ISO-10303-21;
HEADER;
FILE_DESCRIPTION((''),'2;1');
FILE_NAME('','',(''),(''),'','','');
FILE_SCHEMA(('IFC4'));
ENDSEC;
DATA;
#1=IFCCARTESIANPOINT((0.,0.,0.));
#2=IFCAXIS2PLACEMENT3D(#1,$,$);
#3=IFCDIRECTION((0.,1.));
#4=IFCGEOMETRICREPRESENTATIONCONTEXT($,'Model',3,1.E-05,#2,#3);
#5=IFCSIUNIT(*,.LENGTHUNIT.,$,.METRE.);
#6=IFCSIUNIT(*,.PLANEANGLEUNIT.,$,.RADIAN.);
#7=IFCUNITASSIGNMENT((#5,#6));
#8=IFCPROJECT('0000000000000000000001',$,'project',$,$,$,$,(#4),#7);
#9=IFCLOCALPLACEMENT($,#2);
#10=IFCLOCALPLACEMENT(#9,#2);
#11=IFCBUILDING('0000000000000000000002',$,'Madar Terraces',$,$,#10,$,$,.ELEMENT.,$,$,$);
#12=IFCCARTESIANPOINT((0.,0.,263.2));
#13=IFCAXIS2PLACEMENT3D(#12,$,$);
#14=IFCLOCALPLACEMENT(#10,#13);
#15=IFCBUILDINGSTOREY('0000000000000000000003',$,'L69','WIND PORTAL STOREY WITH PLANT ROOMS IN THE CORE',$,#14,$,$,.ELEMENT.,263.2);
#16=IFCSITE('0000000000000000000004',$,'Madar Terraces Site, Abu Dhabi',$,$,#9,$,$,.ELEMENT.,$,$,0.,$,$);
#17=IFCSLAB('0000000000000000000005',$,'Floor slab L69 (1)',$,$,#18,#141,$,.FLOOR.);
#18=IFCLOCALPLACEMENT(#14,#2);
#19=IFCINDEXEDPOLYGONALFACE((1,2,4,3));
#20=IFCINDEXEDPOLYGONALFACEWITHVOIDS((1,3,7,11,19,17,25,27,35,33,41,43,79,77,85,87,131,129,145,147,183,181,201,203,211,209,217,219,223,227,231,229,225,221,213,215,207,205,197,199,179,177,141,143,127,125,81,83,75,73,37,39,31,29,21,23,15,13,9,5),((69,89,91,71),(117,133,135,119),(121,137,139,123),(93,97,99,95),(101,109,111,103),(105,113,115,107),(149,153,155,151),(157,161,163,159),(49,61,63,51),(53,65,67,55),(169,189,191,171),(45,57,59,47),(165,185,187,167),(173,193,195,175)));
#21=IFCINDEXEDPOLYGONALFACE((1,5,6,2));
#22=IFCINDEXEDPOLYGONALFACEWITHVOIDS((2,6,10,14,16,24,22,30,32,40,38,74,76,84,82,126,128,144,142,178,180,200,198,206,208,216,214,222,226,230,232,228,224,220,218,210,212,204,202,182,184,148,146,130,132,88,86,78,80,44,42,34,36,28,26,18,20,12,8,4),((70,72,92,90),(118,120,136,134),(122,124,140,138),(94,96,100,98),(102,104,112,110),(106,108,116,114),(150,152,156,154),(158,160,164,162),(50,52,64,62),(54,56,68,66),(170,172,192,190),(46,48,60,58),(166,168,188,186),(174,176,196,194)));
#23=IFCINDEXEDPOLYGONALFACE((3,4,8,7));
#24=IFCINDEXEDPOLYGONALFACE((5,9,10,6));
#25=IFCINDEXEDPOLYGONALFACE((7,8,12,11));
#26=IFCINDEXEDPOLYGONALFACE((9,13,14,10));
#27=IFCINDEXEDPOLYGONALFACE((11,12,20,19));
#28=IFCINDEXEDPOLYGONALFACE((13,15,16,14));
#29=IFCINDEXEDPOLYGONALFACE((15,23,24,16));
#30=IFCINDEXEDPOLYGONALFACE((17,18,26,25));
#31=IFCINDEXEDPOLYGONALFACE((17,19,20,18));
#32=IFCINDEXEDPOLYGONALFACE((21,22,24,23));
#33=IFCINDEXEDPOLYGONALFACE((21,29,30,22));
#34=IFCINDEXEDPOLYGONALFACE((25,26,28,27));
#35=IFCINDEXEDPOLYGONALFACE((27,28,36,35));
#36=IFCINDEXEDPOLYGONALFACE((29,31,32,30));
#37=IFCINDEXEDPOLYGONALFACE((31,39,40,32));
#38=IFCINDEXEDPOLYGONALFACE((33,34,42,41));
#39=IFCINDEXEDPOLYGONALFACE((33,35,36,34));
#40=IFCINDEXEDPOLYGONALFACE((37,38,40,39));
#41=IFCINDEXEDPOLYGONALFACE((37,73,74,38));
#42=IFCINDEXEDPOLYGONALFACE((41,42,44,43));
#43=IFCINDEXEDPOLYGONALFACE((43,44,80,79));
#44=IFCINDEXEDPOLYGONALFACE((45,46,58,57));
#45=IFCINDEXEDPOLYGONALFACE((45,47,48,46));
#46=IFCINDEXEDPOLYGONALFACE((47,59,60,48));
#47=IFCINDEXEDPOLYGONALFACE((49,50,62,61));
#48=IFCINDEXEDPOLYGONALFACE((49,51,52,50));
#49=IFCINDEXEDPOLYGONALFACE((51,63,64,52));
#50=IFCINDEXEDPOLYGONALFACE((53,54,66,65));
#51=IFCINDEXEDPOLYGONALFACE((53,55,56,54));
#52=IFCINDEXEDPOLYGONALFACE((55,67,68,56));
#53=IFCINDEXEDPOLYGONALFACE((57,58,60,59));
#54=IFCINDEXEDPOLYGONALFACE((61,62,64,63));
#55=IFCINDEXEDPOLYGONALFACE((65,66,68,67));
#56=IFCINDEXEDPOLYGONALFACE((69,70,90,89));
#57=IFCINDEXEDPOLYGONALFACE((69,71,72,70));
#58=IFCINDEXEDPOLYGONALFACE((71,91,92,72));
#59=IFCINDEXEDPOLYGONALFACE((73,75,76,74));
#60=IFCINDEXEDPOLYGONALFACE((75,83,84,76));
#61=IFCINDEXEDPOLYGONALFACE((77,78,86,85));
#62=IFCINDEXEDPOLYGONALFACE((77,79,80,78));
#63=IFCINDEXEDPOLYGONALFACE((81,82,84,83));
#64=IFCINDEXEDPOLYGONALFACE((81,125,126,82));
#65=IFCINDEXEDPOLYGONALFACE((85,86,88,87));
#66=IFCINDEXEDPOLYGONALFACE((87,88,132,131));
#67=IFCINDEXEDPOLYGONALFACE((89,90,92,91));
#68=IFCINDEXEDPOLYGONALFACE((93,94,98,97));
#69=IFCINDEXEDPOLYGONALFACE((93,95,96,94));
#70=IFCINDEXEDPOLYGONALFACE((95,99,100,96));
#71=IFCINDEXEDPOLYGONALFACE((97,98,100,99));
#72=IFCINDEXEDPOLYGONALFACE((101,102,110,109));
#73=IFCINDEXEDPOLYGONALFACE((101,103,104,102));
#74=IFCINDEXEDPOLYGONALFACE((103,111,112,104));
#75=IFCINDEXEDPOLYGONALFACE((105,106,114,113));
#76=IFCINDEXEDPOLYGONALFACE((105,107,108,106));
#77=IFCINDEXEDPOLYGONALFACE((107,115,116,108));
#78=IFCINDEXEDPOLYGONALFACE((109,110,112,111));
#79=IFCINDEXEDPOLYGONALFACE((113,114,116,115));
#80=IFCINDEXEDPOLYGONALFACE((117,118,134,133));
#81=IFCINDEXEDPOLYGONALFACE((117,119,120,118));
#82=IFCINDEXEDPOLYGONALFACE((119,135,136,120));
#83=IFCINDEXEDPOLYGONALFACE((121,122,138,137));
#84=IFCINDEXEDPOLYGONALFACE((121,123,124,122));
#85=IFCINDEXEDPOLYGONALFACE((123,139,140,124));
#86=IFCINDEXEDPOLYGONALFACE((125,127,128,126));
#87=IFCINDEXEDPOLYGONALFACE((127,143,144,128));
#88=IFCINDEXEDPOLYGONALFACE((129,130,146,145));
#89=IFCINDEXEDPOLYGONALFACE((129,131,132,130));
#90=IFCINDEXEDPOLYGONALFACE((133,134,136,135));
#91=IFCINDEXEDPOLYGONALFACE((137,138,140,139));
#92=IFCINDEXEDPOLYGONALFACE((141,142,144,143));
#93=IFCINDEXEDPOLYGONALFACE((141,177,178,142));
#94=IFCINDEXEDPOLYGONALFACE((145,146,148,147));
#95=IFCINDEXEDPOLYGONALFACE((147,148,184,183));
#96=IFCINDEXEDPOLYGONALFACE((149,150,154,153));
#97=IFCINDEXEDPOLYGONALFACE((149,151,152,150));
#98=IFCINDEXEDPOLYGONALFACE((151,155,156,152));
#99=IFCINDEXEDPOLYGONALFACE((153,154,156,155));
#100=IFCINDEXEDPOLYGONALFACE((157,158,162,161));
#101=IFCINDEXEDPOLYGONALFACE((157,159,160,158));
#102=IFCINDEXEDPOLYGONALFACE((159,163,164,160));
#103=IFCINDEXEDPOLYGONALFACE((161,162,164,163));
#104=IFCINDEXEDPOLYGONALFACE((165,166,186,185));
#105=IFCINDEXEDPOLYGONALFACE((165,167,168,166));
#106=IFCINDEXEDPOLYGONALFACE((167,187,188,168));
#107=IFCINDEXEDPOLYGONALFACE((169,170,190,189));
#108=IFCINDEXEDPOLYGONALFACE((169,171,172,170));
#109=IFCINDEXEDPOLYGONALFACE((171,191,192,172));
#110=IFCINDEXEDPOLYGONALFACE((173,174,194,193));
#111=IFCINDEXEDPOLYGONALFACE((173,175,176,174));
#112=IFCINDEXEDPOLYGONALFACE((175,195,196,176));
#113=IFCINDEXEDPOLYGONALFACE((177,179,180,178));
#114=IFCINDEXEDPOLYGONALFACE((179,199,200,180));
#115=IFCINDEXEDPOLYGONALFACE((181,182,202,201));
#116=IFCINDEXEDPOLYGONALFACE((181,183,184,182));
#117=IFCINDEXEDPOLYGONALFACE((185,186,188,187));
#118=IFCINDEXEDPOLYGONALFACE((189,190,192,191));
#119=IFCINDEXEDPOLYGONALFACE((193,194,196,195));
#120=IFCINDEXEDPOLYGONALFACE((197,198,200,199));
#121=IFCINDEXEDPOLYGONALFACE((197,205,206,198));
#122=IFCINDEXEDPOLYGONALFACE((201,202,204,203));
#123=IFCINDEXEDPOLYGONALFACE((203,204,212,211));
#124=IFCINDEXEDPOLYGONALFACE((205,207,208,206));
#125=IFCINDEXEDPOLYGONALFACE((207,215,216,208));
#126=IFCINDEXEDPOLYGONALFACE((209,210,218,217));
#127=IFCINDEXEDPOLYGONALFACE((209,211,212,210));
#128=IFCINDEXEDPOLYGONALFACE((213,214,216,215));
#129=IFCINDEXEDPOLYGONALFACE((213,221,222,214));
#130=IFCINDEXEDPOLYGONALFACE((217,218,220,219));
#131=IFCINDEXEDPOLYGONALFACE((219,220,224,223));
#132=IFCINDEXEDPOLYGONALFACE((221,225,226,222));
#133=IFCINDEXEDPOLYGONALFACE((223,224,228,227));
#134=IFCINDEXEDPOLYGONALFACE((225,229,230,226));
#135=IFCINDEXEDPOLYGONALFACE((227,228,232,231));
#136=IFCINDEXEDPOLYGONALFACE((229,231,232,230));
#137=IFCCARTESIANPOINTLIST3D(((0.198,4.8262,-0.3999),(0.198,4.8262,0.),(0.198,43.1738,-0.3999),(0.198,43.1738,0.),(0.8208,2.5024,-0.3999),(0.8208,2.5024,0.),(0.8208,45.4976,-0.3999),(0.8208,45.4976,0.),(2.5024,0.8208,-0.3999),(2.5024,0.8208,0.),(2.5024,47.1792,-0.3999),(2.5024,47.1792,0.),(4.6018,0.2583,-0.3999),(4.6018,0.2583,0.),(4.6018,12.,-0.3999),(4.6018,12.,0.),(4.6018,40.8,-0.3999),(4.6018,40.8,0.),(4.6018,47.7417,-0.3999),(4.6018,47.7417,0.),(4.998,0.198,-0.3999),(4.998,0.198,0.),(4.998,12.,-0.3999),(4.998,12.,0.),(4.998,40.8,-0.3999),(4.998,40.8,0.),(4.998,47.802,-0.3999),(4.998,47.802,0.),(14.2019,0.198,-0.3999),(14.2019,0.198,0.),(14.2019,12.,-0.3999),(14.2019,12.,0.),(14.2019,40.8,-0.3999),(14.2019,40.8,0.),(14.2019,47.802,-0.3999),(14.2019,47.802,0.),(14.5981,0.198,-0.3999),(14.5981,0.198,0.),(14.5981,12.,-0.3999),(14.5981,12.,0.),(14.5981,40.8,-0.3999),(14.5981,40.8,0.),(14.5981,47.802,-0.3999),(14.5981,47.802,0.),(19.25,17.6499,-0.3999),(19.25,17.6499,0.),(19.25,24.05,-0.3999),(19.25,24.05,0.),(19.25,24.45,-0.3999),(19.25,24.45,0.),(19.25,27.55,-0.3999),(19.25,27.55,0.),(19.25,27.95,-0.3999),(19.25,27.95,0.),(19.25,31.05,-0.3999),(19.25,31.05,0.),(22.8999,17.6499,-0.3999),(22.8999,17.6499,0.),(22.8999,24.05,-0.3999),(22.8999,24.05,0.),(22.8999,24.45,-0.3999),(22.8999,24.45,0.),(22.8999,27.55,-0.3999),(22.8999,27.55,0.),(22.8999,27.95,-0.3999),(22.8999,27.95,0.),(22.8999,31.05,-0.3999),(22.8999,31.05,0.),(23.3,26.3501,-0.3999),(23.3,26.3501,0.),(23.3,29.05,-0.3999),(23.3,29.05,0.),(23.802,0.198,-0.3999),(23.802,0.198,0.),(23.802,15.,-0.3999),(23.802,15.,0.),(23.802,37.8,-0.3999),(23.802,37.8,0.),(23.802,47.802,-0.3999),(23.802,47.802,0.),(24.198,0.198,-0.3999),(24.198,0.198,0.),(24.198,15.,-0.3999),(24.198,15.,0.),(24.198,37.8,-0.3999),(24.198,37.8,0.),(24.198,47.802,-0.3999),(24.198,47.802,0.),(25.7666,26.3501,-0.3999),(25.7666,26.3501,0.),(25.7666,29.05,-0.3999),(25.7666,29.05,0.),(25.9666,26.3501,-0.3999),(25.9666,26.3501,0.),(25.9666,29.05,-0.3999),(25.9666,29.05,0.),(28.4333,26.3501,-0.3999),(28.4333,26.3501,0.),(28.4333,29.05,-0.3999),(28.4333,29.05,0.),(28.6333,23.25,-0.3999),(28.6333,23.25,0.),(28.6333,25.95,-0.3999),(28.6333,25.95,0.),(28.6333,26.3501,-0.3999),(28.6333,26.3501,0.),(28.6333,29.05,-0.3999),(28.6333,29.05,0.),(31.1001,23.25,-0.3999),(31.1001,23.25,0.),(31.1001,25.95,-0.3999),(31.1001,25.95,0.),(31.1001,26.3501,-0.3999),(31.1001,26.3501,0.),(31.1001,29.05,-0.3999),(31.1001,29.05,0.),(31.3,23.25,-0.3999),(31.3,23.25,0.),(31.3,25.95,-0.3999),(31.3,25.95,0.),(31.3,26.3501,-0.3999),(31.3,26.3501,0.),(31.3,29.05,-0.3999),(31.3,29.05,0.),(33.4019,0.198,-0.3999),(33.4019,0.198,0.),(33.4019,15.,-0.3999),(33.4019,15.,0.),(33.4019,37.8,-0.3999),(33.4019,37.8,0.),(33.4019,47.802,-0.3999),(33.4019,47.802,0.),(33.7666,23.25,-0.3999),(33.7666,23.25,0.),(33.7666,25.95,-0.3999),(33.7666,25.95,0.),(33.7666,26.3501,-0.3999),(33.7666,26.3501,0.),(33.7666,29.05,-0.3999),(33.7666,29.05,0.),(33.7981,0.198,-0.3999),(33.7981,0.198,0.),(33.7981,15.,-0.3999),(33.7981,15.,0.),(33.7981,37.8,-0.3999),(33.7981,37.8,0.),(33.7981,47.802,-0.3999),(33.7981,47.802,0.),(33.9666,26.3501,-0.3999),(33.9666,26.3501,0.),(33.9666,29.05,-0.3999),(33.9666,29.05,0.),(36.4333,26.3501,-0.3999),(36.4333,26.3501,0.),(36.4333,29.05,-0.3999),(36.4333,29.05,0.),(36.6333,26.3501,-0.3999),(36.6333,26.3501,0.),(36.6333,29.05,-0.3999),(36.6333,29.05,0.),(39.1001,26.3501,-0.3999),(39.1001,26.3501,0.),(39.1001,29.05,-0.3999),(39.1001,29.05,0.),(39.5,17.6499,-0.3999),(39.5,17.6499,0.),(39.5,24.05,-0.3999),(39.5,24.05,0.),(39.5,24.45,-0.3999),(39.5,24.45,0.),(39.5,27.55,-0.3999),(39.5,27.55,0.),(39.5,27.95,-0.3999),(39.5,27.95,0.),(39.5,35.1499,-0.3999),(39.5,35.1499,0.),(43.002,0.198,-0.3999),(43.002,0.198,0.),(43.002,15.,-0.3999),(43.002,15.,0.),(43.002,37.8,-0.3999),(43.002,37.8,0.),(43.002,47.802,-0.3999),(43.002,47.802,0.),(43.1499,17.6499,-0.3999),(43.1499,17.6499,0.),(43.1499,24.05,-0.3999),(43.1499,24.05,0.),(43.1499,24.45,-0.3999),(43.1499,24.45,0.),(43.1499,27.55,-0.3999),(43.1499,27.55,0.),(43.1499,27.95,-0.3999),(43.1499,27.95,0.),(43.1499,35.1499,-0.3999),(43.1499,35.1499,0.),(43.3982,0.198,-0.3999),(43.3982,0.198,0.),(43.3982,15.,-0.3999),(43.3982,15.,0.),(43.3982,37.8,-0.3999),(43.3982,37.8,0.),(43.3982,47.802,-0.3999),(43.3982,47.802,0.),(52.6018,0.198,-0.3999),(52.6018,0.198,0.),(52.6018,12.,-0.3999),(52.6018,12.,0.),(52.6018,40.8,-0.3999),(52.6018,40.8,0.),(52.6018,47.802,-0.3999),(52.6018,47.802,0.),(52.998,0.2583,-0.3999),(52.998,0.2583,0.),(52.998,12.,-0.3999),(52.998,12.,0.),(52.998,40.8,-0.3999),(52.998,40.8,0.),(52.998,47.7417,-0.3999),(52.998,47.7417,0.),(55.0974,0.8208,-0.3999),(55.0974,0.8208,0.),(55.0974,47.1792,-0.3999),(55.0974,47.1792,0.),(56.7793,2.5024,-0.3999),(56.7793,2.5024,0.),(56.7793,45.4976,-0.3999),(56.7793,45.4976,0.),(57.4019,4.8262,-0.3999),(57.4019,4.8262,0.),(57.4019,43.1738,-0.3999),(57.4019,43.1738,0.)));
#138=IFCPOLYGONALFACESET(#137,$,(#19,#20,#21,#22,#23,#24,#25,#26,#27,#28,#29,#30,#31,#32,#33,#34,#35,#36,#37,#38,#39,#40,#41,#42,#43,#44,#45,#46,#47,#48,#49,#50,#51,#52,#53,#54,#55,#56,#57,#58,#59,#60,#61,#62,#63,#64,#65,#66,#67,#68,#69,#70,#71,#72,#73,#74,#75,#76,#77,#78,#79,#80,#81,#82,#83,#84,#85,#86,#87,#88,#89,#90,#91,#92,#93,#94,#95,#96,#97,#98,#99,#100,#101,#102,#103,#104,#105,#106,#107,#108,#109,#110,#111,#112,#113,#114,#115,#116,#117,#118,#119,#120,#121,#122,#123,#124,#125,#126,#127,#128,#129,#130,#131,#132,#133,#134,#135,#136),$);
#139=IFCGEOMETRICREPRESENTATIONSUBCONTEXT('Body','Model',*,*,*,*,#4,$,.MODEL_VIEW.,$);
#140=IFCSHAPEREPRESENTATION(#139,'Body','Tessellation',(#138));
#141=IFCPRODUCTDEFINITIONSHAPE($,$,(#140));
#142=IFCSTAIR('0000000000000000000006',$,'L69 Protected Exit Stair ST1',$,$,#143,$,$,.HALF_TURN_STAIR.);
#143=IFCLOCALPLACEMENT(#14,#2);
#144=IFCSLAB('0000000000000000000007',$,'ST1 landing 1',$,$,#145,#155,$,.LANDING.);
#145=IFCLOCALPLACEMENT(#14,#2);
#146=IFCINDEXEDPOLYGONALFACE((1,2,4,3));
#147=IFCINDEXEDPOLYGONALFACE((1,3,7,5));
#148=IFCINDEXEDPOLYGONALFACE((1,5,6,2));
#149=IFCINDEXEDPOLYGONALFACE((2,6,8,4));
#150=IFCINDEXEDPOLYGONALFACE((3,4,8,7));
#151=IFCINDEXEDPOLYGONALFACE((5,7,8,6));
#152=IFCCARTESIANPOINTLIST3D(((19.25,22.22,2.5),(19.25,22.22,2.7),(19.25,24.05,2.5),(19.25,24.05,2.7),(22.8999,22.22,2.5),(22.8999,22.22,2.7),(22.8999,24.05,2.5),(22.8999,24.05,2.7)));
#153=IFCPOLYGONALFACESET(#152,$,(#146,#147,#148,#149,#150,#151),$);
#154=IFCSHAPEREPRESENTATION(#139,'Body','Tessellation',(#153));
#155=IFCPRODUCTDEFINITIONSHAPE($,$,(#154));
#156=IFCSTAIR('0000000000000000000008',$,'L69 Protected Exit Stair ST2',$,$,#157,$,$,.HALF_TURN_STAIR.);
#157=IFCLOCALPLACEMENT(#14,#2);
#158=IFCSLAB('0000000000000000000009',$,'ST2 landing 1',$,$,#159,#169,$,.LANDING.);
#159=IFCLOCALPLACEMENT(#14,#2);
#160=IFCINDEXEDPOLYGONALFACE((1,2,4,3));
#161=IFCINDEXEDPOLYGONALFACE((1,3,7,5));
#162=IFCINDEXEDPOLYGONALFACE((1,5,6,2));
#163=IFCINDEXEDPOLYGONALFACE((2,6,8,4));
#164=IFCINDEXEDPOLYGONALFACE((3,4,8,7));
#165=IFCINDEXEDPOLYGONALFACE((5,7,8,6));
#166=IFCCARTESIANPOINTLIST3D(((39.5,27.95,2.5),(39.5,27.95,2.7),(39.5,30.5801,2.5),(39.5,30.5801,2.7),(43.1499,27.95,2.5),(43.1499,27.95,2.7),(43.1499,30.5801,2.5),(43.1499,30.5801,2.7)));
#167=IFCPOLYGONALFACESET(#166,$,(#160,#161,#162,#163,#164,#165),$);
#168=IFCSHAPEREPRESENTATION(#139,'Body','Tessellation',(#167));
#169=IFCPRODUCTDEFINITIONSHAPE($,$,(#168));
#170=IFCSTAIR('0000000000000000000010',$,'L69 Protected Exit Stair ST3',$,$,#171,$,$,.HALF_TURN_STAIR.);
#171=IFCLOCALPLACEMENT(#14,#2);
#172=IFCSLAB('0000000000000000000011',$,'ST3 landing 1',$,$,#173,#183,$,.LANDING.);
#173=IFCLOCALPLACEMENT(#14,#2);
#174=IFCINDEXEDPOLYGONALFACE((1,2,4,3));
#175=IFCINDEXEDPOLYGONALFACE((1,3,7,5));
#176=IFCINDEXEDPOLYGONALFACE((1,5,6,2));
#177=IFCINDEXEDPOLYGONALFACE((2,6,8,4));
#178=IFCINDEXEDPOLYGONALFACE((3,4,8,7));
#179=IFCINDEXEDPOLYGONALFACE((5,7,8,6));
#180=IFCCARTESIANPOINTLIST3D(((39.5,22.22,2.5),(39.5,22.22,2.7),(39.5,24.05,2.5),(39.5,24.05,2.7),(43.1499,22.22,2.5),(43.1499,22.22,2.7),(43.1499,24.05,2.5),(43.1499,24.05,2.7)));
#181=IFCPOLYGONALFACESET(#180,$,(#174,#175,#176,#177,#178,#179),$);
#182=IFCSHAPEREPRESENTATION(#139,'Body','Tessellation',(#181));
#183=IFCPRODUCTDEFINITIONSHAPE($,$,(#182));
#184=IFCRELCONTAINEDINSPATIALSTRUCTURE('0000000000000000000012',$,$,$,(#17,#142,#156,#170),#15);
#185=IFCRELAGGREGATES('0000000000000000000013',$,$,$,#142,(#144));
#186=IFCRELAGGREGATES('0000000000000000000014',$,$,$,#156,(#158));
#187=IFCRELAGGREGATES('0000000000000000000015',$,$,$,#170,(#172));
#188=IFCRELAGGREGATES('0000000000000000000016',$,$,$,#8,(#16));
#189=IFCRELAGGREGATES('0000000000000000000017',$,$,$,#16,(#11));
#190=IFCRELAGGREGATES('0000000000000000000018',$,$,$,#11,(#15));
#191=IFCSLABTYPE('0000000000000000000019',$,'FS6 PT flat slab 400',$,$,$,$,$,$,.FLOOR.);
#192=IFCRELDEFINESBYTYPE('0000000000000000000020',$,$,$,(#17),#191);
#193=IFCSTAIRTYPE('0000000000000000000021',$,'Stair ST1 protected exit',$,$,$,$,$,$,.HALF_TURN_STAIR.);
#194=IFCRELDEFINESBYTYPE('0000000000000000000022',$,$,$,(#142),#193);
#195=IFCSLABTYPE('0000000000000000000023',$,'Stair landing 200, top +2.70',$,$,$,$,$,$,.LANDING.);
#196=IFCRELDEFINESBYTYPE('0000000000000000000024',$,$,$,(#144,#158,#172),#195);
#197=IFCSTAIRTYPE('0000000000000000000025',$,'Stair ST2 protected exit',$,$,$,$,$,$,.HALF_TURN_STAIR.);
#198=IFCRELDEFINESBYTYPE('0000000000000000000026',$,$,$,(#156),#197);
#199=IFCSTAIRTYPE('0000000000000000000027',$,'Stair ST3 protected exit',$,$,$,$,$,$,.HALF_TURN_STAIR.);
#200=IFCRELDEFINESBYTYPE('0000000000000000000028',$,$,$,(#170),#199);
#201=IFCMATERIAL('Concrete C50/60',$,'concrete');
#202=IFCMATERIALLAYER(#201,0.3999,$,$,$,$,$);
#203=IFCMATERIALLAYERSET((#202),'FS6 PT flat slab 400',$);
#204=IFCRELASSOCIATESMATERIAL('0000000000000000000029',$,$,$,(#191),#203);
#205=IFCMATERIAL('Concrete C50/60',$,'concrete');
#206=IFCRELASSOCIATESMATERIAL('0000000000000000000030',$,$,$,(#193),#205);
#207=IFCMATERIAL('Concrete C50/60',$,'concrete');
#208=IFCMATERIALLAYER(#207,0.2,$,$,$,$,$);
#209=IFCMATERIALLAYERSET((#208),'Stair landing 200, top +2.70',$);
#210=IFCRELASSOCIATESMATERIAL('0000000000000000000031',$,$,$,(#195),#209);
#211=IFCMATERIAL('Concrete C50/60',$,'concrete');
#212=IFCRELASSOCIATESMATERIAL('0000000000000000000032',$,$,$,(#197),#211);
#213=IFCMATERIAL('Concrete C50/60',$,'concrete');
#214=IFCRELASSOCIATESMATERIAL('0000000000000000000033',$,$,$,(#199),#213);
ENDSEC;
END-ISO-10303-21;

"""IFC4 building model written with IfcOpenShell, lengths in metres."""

from ifc_helpers import new_model, si_unit, direction, frame, origin, place, context, subcontext, project, spatial, polyline, outline, extrude, material, layer, layer_set, type_object, element, aggregate, save


model = new_model("IFC4")

# Units and contexts
model_context = context("Model", 3, precision=1e-05, world=origin(), true_north=direction((0.0, 1.0)))
body_context = subcontext(model_context, "Body", "Model", "MODEL_VIEW")
ifc_project = project(units=[si_unit("LENGTHUNIT", "METRE"), si_unit("PLANEANGLEUNIT", "RADIAN")], contexts=[model_context])

# Site, building, storey
site_placement = place(None, origin())
site = spatial("IfcSite", under=ifc_project, at=site_placement, Name="Madar Terraces Site, Abu Dhabi", CompositionType="ELEMENT", RefElevation=0.0)
building_placement = place(site_placement, origin())
building = spatial("IfcBuilding", under=site, at=building_placement, Name="Madar Terraces", CompositionType="ELEMENT")
storey_placement = place(building_placement, frame((0.0, 0.0, 263.2)))
storey = spatial("IfcBuildingStorey", under=building, at=storey_placement, Name="L69", Description="WIND PORTAL STOREY WITH PLANT ROOMS IN THE CORE", CompositionType="ELEMENT", Elevation=263.2)

# Slab
ifc_material_1 = material(Name="Concrete C50/60", Category="concrete")
ifc_layer_1 = layer(ifc_material_1, 0.3999)
ifc_layer_set_1 = layer_set([ifc_layer_1], Name="FS6 PT flat slab 400")
slab_type_1 = type_object("IfcSlabType", Name="FS6 PT flat slab 400", PredefinedType="FLOOR", material=ifc_layer_set_1)
slab_1_placement = place(storey_placement, frame((0.0, 0.0, -0.3999)))
element("IfcSlab", 1, at=slab_1_placement, inside=storey, type_object=slab_type_1, Name="Floor slab L69 (1)", PredefinedType="FLOOR", context=body_context, shape_type="SweptSolid", body=[
    extrude(outline(polyline([(43.3982, 0.198), (52.6018, 0.198), (52.6018, 12.0), (52.998, 12.0), (52.998, 0.2583), (55.0974, 0.8208), (56.7793, 2.5024), (57.4019, 4.8262), (57.4019, 43.1738), (56.7793, 45.4976), (55.0974, 47.1792), (52.998, 47.7417), (52.998, 40.8), (52.6018, 40.8), (52.6018, 47.802), (43.3982, 47.802), (43.3982, 37.8), (43.002, 37.8), (43.002, 47.802), (33.7981, 47.802), (33.7981, 37.8), (33.4019, 37.8), (33.4019, 47.802), (24.198, 47.802), (24.198, 37.8), (23.802, 37.8), (23.802, 47.802), (14.5981, 47.802), (14.5981, 40.8), (14.2019, 40.8), (14.2019, 47.802), (4.998, 47.802), (4.998, 40.8), (4.6018, 40.8), (4.6018, 47.7417), (2.5024, 47.1792), (0.8208, 45.4976), (0.198, 43.1738), (0.198, 4.8262), (0.8208, 2.5024), (2.5024, 0.8208), (4.6018, 0.2583), (4.6018, 12.0), (4.998, 12.0), (4.998, 0.198), (14.2019, 0.198), (14.2019, 12.0), (14.5981, 12.0), (14.5981, 0.198), (23.802, 0.198), (23.802, 15.0), (24.198, 15.0), (24.198, 0.198), (33.4019, 0.198), (33.4019, 15.0), (33.7981, 15.0), (33.7981, 0.198), (43.002, 0.198), (43.002, 15.0), (43.3982, 15.0), (43.3982, 0.198)]), holes=[polyline([(22.8999, 17.6499), (19.25, 17.6499), (19.25, 24.05), (22.8999, 24.05), (22.8999, 17.6499)]), polyline([(28.6333, 23.25), (28.6333, 25.95), (31.1001, 25.95), (31.1001, 23.25), (28.6333, 23.25)]), polyline([(19.25, 24.45), (19.25, 27.55), (22.8999, 27.55), (22.8999, 24.45), (19.25, 24.45)]), polyline([(23.3, 26.3501), (23.3, 29.05), (25.7666, 29.05), (25.7666, 26.3501), (23.3, 26.3501)]), polyline([(25.9666, 26.3501), (25.9666, 29.05), (28.4333, 29.05), (28.4333, 26.3501), (25.9666, 26.3501)]), polyline([(28.6333, 26.3501), (28.6333, 29.05), (31.1001, 29.05), (31.1001, 26.3501), (28.6333, 26.3501)]), polyline([(19.25, 27.95), (19.25, 31.05), (22.8999, 31.05), (22.8999, 27.95), (19.25, 27.95)]), polyline([(43.1499, 17.6499), (39.5, 17.6499), (39.5, 24.05), (43.1499, 24.05), (43.1499, 17.6499)]), polyline([(31.3, 23.25), (31.3, 25.95), (33.7666, 25.95), (33.7666, 23.25), (31.3, 23.25)]), polyline([(39.5, 24.45), (39.5, 27.55), (43.1499, 27.55), (43.1499, 24.45), (39.5, 24.45)]), polyline([(31.3, 26.3501), (31.3, 29.05), (33.7666, 29.05), (33.7666, 26.3501), (31.3, 26.3501)]), polyline([(33.9666, 26.3501), (33.9666, 29.05), (36.4333, 29.05), (36.4333, 26.3501), (33.9666, 26.3501)]), polyline([(36.6333, 26.3501), (36.6333, 29.05), (39.1001, 29.05), (39.1001, 26.3501), (36.6333, 26.3501)]), polyline([(39.5, 27.95), (39.5, 35.1499), (43.1499, 35.1499), (43.1499, 27.95), (39.5, 27.95)])]), origin(), (0.0, 0.0, 1.0), 0.3999),
])

# Stairs, slabs
ifc_material_2 = material(Name="Concrete C50/60", Category="concrete")
stair_type_1 = type_object("IfcStairType", Name="Stair ST1 protected exit", PredefinedType="HALF_TURN_STAIR", material=ifc_material_2)
stair_1_placement = place(storey_placement, origin())
stair_1 = element("IfcStair", 2, at=stair_1_placement, inside=storey, type_object=stair_type_1, Name="L69 Protected Exit Stair ST1", PredefinedType="HALF_TURN_STAIR")
ifc_material_3 = material(Name="Concrete C50/60", Category="concrete")
ifc_layer_2 = layer(ifc_material_3, 0.2)
ifc_layer_set_2 = layer_set([ifc_layer_2], Name="Stair landing 200, top +2.70")
slab_type_2 = type_object("IfcSlabType", Name="Stair landing 200, top +2.70", PredefinedType="LANDING", material=ifc_layer_set_2)
slab_2_placement = place(storey_placement, frame((0.0, 0.0, 2.5)))
slab_2 = element("IfcSlab", 3, at=slab_2_placement, type_object=slab_type_2, Name="ST1 landing 1", PredefinedType="LANDING", context=body_context, shape_type="SweptSolid", body=[
    extrude(outline(polyline([(19.25, 22.22), (22.8999, 22.22), (22.8999, 24.05), (19.25, 24.05), (19.25, 22.22)])), origin(), (0.0, 0.0, 1.0), 0.2),
])
aggregate(stair_1, [slab_2])
ifc_material_4 = material(Name="Concrete C50/60", Category="concrete")
stair_type_2 = type_object("IfcStairType", Name="Stair ST2 protected exit", PredefinedType="HALF_TURN_STAIR", material=ifc_material_4)
stair_2_placement = place(storey_placement, origin())
stair_2 = element("IfcStair", 4, at=stair_2_placement, inside=storey, type_object=stair_type_2, Name="L69 Protected Exit Stair ST2", PredefinedType="HALF_TURN_STAIR")
slab_3_placement = place(storey_placement, frame((0.0, 0.0, 2.5)))
slab_3 = element("IfcSlab", 5, at=slab_3_placement, type_object=slab_type_2, Name="ST2 landing 1", PredefinedType="LANDING", context=body_context, shape_type="SweptSolid", body=[
    extrude(outline(polyline([(39.5, 27.95), (43.1499, 27.95), (43.1499, 30.5801), (39.5, 30.5801), (39.5, 27.95)])), origin(), (0.0, 0.0, 1.0), 0.2),
])
aggregate(stair_2, [slab_3])
ifc_material_5 = material(Name="Concrete C50/60", Category="concrete")
stair_type_3 = type_object("IfcStairType", Name="Stair ST3 protected exit", PredefinedType="HALF_TURN_STAIR", material=ifc_material_5)
stair_3_placement = place(storey_placement, origin())
stair_3 = element("IfcStair", 6, at=stair_3_placement, inside=storey, type_object=stair_type_3, Name="L69 Protected Exit Stair ST3", PredefinedType="HALF_TURN_STAIR")
slab_4_placement = place(storey_placement, frame((0.0, 0.0, 2.5)))
slab_4 = element("IfcSlab", 7, at=slab_4_placement, type_object=slab_type_2, Name="ST3 landing 1", PredefinedType="LANDING", context=body_context, shape_type="SweptSolid", body=[
    extrude(outline(polyline([(39.5, 22.22), (43.1499, 22.22), (43.1499, 24.05), (39.5, 24.05), (39.5, 22.22)])), origin(), (0.0, 0.0, 1.0), 0.2),
])
aggregate(stair_3, [slab_4])

save(model, "model.ifc")
